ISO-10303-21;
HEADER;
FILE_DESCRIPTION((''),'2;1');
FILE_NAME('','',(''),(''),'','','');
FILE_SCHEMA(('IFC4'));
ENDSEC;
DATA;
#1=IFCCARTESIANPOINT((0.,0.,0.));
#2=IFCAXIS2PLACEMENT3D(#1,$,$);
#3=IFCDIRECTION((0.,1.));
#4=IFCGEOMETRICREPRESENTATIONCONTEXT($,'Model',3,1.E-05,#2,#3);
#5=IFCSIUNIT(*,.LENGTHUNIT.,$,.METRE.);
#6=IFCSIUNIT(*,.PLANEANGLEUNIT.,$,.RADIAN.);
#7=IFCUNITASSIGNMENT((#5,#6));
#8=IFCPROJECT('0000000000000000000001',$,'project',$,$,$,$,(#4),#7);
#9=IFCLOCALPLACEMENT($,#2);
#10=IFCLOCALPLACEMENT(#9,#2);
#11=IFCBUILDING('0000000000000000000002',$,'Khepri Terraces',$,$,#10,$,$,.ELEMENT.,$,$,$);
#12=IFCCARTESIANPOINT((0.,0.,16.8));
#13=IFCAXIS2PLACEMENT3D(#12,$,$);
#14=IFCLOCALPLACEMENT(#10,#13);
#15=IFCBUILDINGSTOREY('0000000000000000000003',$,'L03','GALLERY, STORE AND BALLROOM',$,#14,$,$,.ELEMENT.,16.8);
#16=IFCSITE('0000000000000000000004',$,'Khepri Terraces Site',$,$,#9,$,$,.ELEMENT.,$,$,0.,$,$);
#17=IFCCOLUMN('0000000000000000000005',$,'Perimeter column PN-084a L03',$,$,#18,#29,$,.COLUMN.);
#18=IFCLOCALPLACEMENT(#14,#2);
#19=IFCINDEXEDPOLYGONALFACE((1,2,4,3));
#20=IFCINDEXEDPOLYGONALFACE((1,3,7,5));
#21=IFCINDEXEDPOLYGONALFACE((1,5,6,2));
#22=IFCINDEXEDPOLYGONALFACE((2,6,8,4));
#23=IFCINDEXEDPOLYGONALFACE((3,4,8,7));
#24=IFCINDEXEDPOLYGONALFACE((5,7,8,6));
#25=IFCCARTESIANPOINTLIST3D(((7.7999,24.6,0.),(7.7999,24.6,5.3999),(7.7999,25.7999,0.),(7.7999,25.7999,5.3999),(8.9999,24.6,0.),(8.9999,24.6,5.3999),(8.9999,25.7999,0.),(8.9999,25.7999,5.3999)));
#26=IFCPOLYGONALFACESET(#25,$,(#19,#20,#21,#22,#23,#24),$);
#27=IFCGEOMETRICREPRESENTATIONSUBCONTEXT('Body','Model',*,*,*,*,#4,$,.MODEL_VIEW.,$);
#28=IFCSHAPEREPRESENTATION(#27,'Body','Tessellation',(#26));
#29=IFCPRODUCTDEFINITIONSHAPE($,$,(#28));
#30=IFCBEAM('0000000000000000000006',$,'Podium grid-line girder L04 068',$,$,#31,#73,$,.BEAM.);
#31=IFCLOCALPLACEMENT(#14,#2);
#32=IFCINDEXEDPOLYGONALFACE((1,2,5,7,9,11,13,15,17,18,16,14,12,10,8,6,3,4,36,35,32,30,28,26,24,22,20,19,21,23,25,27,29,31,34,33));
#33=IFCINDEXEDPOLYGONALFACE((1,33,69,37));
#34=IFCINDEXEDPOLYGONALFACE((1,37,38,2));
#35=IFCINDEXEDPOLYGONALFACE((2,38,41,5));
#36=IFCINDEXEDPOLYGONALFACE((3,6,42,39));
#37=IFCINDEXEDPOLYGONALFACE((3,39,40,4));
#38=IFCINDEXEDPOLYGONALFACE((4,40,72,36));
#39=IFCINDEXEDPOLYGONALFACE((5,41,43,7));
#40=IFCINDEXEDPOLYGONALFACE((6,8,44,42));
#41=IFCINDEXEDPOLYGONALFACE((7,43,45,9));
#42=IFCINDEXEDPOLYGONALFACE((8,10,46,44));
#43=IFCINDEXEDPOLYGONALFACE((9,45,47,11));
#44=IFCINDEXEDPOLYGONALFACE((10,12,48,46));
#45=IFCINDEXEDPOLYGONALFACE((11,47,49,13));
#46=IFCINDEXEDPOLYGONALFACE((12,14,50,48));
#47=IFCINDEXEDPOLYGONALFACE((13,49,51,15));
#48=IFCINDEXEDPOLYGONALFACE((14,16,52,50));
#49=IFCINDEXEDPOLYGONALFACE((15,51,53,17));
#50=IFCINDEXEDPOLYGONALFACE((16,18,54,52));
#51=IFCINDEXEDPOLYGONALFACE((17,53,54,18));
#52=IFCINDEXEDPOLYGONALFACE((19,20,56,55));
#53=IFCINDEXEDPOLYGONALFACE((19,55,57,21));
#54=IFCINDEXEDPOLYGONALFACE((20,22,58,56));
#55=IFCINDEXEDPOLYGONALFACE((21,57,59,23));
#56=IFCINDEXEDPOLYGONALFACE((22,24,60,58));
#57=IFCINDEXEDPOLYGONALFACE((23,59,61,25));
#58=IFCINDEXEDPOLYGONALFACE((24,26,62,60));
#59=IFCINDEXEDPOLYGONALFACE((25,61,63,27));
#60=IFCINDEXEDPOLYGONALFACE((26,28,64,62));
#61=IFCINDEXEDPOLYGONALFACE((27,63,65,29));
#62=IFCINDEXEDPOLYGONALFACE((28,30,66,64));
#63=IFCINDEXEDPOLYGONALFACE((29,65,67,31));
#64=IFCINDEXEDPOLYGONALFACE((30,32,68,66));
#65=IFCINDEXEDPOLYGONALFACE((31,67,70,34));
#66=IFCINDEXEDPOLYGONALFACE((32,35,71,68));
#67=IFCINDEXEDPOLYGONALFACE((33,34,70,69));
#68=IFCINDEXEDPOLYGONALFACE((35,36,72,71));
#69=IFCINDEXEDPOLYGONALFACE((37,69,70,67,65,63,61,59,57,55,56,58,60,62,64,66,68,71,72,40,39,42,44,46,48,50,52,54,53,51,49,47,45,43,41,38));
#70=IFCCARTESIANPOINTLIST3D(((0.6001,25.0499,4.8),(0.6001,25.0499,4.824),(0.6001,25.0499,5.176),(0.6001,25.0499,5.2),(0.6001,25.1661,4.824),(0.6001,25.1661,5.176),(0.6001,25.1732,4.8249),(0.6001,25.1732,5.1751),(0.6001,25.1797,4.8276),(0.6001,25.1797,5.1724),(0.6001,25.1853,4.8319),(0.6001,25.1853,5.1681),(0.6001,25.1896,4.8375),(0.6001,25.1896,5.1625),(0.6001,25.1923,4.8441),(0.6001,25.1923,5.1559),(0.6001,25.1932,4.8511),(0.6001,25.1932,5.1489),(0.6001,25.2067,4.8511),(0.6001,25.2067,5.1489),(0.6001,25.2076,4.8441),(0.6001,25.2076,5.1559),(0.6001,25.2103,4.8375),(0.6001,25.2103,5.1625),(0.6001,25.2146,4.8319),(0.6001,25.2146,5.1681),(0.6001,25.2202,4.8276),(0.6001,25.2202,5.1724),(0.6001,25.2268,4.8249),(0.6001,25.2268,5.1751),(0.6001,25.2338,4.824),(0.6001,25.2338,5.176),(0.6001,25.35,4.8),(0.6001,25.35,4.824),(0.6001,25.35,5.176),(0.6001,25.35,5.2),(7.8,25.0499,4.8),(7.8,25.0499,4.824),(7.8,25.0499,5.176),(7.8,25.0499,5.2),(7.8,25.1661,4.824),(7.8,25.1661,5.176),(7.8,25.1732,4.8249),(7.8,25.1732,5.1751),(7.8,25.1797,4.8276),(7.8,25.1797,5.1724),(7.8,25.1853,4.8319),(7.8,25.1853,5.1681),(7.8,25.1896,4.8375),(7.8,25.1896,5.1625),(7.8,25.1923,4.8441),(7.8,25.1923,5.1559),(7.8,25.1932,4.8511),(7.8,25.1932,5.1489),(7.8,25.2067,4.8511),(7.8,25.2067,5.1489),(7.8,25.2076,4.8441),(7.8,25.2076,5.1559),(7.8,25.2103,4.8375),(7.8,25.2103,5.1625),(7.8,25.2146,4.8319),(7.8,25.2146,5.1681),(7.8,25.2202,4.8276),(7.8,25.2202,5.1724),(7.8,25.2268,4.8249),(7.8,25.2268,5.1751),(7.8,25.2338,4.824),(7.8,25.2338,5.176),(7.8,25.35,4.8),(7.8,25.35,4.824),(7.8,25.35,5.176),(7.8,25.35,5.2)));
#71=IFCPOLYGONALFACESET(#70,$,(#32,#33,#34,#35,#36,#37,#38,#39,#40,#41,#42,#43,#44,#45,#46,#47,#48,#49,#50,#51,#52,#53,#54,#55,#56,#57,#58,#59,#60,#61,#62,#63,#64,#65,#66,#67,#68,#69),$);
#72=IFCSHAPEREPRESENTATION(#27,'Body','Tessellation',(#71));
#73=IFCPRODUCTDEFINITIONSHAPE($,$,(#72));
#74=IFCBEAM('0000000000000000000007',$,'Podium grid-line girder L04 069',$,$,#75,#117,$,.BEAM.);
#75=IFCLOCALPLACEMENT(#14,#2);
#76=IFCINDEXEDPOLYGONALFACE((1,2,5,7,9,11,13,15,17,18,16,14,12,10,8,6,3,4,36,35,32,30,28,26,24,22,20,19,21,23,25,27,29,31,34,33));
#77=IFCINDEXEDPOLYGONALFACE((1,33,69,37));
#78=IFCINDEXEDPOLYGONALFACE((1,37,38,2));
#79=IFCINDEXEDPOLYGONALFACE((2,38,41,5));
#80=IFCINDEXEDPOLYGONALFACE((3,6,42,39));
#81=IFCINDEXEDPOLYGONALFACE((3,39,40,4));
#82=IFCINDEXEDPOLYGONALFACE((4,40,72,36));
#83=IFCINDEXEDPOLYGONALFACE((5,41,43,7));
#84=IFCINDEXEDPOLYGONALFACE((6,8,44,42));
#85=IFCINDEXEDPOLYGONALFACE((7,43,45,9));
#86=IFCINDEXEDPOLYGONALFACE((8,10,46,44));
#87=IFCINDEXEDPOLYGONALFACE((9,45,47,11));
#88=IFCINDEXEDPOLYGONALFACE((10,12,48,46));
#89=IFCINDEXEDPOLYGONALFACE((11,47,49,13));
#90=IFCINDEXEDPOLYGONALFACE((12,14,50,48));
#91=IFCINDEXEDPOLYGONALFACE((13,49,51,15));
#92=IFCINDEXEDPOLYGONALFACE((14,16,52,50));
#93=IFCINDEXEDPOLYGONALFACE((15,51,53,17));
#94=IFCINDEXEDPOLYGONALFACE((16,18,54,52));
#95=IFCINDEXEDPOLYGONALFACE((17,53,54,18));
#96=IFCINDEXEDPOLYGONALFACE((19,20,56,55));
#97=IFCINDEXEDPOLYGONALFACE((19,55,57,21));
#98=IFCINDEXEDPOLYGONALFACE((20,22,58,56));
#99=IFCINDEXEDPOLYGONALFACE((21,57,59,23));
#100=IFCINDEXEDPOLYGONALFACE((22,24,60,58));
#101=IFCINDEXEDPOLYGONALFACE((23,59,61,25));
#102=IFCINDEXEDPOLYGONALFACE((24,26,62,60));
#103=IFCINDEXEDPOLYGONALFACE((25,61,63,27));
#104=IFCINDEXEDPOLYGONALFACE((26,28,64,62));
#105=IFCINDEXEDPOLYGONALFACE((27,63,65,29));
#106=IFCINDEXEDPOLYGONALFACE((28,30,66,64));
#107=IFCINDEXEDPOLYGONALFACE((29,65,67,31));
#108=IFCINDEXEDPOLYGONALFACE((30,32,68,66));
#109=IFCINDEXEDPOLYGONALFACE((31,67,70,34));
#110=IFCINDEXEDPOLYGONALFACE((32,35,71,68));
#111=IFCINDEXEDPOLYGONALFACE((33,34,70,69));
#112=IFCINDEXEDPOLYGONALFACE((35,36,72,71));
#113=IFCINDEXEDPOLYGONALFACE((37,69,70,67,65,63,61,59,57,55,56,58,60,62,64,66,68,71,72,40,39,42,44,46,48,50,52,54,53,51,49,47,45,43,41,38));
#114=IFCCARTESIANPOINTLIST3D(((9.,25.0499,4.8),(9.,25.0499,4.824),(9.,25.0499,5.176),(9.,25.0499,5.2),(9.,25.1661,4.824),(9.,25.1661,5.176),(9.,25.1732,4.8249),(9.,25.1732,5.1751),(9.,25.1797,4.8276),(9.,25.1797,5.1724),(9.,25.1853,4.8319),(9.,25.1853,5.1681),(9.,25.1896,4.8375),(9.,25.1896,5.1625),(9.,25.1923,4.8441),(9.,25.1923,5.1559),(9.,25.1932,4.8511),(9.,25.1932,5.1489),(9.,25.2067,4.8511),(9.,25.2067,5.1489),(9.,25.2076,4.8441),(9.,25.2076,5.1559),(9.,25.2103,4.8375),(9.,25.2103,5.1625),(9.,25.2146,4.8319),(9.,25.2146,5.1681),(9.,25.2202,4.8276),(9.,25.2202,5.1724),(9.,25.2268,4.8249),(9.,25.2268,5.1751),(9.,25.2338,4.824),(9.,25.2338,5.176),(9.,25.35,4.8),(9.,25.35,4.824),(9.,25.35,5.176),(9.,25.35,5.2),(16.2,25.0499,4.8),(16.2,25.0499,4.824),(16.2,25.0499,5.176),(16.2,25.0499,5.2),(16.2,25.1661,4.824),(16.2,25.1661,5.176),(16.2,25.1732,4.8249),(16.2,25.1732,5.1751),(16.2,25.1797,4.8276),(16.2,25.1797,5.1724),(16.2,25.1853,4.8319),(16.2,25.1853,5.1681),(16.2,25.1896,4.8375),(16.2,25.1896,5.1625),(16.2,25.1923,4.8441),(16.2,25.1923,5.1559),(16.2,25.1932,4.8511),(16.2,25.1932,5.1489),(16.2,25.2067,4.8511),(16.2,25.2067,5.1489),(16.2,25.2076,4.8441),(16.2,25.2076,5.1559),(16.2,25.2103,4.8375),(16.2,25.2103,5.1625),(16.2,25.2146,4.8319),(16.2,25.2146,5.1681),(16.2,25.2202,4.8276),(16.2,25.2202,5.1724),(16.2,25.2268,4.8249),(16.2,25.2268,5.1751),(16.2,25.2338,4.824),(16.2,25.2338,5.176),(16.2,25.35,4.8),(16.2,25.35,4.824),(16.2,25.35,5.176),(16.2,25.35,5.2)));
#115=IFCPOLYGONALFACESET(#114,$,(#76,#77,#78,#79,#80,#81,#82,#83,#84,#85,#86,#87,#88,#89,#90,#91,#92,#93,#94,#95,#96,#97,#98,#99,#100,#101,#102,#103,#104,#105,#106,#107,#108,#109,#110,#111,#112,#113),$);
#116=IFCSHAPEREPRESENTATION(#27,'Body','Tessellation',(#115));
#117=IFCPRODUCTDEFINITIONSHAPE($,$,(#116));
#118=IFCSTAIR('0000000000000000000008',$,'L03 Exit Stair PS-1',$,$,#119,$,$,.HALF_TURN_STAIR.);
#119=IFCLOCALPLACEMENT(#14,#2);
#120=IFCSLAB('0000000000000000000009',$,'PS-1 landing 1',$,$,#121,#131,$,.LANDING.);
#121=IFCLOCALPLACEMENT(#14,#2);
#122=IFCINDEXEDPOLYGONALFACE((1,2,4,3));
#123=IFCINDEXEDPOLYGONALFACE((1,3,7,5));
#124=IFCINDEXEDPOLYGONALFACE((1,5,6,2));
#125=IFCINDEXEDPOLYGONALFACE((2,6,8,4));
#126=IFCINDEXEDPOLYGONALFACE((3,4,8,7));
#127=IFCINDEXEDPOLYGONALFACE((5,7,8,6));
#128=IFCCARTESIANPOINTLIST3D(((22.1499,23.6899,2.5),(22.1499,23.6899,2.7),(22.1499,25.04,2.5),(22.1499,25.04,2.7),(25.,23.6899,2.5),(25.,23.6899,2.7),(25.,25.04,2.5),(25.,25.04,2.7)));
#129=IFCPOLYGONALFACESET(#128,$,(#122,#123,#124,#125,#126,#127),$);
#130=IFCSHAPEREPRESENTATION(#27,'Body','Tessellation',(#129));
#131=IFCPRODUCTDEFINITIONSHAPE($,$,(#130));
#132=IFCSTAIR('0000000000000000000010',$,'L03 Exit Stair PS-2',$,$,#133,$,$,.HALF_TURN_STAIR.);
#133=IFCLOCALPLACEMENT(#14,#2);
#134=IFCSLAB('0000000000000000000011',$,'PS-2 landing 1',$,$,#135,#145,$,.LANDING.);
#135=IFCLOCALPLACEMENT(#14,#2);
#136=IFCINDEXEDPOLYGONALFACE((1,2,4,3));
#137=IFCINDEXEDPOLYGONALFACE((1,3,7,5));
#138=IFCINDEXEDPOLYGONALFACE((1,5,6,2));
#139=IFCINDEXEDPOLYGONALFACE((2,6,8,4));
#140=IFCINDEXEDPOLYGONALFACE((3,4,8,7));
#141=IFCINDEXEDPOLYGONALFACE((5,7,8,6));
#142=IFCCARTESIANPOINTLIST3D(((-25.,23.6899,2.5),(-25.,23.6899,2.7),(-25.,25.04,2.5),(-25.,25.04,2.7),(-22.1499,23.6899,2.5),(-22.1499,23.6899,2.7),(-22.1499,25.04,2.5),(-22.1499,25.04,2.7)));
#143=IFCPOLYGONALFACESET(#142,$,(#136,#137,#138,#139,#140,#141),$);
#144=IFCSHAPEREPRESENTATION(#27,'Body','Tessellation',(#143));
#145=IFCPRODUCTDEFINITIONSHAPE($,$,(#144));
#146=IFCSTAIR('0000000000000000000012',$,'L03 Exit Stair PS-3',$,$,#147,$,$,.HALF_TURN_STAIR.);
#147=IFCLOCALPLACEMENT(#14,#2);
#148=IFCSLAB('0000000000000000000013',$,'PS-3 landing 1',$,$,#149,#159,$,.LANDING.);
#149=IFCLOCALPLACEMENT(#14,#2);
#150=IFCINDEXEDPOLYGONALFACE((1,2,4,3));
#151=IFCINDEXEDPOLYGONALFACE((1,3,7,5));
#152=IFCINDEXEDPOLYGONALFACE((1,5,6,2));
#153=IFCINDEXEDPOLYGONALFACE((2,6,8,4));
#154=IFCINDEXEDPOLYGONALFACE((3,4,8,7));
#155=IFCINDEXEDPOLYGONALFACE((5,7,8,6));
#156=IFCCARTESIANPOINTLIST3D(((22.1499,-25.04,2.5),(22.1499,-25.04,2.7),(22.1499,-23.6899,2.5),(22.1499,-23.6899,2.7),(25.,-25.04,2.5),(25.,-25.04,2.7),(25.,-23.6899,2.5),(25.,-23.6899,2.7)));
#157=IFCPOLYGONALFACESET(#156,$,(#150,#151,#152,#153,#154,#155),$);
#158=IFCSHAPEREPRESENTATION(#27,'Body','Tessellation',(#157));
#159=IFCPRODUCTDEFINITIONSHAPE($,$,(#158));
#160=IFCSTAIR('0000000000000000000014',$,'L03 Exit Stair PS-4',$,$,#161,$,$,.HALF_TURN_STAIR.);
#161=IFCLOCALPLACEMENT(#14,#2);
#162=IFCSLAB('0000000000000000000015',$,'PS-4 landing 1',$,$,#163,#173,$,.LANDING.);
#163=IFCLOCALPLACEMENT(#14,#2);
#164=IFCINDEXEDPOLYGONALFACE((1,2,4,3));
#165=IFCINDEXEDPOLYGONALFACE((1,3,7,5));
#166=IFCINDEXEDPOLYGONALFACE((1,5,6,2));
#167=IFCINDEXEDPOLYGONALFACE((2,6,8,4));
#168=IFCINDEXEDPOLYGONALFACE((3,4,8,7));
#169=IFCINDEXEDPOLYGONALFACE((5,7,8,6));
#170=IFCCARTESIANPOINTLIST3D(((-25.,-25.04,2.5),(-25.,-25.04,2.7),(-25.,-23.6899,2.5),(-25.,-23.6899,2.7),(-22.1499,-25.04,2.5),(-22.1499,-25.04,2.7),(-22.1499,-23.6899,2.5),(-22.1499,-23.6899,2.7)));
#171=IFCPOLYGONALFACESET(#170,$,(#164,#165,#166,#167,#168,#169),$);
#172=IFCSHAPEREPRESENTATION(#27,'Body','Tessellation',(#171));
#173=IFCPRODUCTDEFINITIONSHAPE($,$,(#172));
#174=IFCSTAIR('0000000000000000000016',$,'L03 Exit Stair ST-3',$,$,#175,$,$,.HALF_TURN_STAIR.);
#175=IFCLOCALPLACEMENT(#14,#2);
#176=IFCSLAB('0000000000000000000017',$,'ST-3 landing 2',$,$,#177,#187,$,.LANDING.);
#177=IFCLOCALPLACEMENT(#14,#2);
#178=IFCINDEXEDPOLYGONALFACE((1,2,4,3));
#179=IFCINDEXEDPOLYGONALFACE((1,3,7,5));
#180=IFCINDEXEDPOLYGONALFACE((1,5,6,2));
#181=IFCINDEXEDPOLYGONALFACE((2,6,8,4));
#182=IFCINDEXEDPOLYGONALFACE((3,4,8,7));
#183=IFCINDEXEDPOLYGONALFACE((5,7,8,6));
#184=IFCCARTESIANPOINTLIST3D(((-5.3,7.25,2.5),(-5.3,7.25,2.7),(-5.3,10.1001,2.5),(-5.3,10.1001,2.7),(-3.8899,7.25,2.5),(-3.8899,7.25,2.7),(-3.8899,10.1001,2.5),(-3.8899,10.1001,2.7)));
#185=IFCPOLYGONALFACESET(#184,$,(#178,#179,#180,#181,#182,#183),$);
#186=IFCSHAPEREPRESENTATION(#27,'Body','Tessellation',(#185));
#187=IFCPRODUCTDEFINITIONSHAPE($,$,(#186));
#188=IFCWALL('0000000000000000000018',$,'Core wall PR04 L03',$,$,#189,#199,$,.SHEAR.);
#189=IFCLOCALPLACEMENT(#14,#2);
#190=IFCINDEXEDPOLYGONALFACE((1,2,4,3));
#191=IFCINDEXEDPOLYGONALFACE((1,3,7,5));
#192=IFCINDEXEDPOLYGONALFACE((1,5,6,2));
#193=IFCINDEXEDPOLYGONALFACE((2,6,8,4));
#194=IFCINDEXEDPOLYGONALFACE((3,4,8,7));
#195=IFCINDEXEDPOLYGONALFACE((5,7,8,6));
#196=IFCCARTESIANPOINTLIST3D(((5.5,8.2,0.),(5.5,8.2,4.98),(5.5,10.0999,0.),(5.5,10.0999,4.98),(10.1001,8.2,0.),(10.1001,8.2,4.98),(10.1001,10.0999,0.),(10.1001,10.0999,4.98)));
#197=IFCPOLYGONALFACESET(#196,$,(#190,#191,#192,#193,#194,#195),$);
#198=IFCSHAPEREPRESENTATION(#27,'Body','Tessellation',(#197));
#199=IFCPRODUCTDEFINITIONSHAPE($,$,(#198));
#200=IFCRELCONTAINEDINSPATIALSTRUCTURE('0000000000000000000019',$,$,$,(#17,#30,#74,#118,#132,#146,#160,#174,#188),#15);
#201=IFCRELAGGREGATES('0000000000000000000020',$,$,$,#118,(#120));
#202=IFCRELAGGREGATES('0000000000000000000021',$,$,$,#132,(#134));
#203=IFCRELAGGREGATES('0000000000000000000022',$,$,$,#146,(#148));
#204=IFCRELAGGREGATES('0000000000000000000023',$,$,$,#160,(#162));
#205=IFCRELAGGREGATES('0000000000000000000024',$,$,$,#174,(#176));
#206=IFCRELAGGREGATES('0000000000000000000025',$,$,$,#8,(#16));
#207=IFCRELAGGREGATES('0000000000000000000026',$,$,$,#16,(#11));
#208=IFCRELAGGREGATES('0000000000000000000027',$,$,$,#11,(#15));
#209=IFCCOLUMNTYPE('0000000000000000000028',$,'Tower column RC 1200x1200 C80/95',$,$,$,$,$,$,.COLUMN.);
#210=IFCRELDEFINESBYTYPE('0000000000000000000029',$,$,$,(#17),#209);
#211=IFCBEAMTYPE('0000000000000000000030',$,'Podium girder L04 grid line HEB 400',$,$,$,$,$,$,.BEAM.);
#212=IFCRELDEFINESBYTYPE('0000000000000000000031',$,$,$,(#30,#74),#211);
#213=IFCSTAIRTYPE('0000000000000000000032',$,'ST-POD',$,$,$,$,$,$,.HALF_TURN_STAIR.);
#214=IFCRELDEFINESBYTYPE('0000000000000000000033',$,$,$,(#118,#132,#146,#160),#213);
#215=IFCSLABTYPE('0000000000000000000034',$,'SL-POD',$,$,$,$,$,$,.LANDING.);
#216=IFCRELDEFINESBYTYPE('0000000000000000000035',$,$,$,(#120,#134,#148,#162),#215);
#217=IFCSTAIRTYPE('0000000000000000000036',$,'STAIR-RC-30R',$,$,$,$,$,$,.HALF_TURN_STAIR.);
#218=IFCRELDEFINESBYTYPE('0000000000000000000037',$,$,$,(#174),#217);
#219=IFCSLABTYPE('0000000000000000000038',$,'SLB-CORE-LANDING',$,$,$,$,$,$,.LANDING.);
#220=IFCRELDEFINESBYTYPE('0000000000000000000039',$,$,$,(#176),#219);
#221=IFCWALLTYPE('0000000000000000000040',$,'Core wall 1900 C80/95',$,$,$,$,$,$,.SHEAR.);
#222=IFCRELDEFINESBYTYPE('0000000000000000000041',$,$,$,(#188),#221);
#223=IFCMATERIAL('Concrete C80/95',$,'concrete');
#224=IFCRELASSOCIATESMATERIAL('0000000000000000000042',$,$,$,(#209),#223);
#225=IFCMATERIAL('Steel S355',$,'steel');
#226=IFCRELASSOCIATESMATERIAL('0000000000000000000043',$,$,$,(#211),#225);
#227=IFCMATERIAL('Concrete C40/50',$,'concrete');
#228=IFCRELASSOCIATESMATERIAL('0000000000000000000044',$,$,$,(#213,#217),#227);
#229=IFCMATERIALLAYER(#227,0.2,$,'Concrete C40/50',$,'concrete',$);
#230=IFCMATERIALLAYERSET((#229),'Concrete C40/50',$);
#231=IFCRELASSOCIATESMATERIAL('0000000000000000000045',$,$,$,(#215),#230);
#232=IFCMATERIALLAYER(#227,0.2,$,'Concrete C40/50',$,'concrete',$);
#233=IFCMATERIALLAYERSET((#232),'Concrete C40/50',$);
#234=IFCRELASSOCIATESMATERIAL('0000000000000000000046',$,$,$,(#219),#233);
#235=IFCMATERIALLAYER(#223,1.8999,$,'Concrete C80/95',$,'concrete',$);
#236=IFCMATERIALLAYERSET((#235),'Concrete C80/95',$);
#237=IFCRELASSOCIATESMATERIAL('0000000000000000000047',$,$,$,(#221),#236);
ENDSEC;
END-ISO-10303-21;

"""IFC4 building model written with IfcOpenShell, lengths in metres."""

from ifc_helpers import new_model, si_unit, direction, frame, frame_2d, origin, origin_2d, place, context, subcontext, project, spatial, polyline, rectangle, i_section, outline, extrude, material, layer, layer_set, material_profile, profile_set, type_object, element, aggregate, save


model = new_model("IFC4")

# Units and contexts
model_context = context("Model", 3, precision=1e-05, world=origin(), true_north=direction((0.0, 1.0)))
body_context = subcontext(model_context, "Body", "Model", "MODEL_VIEW")
ifc_project = project(units=[si_unit("LENGTHUNIT", "METRE"), si_unit("PLANEANGLEUNIT", "RADIAN")], contexts=[model_context])

# Site, building, storey
site_placement = place(None, origin())
site = spatial("IfcSite", under=ifc_project, at=site_placement, Name="Khepri Terraces Site", CompositionType="ELEMENT", RefElevation=0.0)
building_placement = place(site_placement, origin())
building = spatial("IfcBuilding", under=site, at=building_placement, Name="Khepri Terraces", CompositionType="ELEMENT")
storey_placement = place(building_placement, frame((0.0, 0.0, 16.8)))
storey = spatial("IfcBuildingStorey", under=building, at=storey_placement, Name="L03", Description="GALLERY, STORE AND BALLROOM", CompositionType="ELEMENT", Elevation=16.8)

# Column
ifc_material_1 = material(Name="Concrete C80/95", Category="concrete")
ifc_material_profile_1 = material_profile(ifc_material_1, rectangle(XDim=1.2, YDim=1.2, at=origin_2d()), Name="Concrete C80/95", Category="concrete")
ifc_profile_set_1 = profile_set([ifc_material_profile_1], Name="Concrete C80/95")
column_type = type_object("IfcColumnType", Name="Tower column RC 1200x1200 C80/95", PredefinedType="COLUMN", material=ifc_profile_set_1)
column_placement = place(storey_placement, frame((8.3999, 25.2, 0.0), z_axis=(0.0, 0.0, 1.0), x_axis=(1.0, 0.0, 0.0)))
element("IfcColumn", 1, at=column_placement, inside=storey, type_object=column_type, Name="Perimeter column PN-084a L03", PredefinedType="COLUMN", context=body_context, shape_type="SweptSolid", body=[
    extrude(rectangle(XDim=1.2, YDim=1.2, at=origin_2d()), origin(), (0.0, 0.0, 1.0), 5.3999),
])

# Beams
ifc_material_2 = material(Name="Steel S355", Category="steel")
ifc_material_profile_2 = material_profile(ifc_material_2, i_section(OverallWidth=0.3, OverallDepth=0.3999, WebThickness=0.0134, FlangeThickness=0.0239, FilletRadius=0.0271, at=origin_2d()), Name="Steel S355", Category="steel")
ifc_profile_set_2 = profile_set([ifc_material_profile_2], Name="Steel S355")
beam_type = type_object("IfcBeamType", Name="Podium girder L04 grid line HEB 400", PredefinedType="BEAM", material=ifc_profile_set_2)
for number, where, z_axis, x_axis, name in (
    (2, (0.6001, 25.2, 5.0), (1.0, 0.0, 0.0), (0.0, 1.0, 0.0), "Podium grid-line girder L04 068"),
    (3, (9.0, 25.2, 5.0), (1.0, 0.0, 0.0), (0.0, 1.0, 0.0), "Podium grid-line girder L04 069"),
):
    element("IfcBeam", number, at=place(storey_placement, frame(where, z_axis=z_axis, x_axis=x_axis)), inside=storey, type_object=beam_type, Name=name, PredefinedType="BEAM", context=body_context, shape_type="SweptSolid", body=[
        extrude(i_section(OverallWidth=0.3, OverallDepth=0.3999, WebThickness=0.0134, FlangeThickness=0.0239, FilletRadius=0.0271, at=origin_2d()), origin(), (0.0, 0.0, 1.0), 7.2),
    ])

# Stairs, slabs
ifc_material_3 = material(Name="Concrete C40/50", Category="concrete")
stair_type_1 = type_object("IfcStairType", Name="ST-POD", PredefinedType="HALF_TURN_STAIR", material=ifc_material_3)
stair_1_placement = place(storey_placement, origin())
stair_1 = element("IfcStair", 4, at=stair_1_placement, inside=storey, type_object=stair_type_1, Name="L03 Exit Stair PS-1", PredefinedType="HALF_TURN_STAIR")
ifc_layer_1 = layer(ifc_material_3, 0.2, Name="Concrete C40/50", Category="concrete")
ifc_layer_set_1 = layer_set([ifc_layer_1], Name="Concrete C40/50")
slab_type_1 = type_object("IfcSlabType", Name="SL-POD", PredefinedType="LANDING", material=ifc_layer_set_1)
slab_1_placement = place(storey_placement, frame((0.0, 0.0, 2.5)))
slab_1 = element("IfcSlab", 5, at=slab_1_placement, type_object=slab_type_1, Name="PS-1 landing 1", PredefinedType="LANDING", context=body_context, shape_type="SweptSolid", body=[
    extrude(outline(polyline([(25.0, 23.6899), (25.0, 25.04), (22.1499, 25.04), (22.1499, 23.6899), (25.0, 23.6899)])), origin(), (0.0, 0.0, 1.0), 0.2),
])
aggregate(stair_1, [slab_1])
stair_2_placement = place(storey_placement, origin())
stair_2 = element("IfcStair", 6, at=stair_2_placement, inside=storey, type_object=stair_type_1, Name="L03 Exit Stair PS-2", PredefinedType="HALF_TURN_STAIR")
slab_2_placement = place(storey_placement, frame((0.0, 0.0, 2.5)))
slab_2 = element("IfcSlab", 7, at=slab_2_placement, type_object=slab_type_1, Name="PS-2 landing 1", PredefinedType="LANDING", context=body_context, shape_type="SweptSolid", body=[
    extrude(outline(polyline([(-22.1499, 23.6899), (-22.1499, 25.04), (-25.0, 25.04), (-25.0, 23.6899), (-22.1499, 23.6899)])), origin(), (0.0, 0.0, 1.0), 0.2),
])
aggregate(stair_2, [slab_2])
stair_3_placement = place(storey_placement, origin())
stair_3 = element("IfcStair", 8, at=stair_3_placement, inside=storey, type_object=stair_type_1, Name="L03 Exit Stair PS-3", PredefinedType="HALF_TURN_STAIR")
slab_3_placement = place(storey_placement, frame((0.0, 0.0, 2.5)))
slab_3 = element("IfcSlab", 9, at=slab_3_placement, type_object=slab_type_1, Name="PS-3 landing 1", PredefinedType="LANDING", context=body_context, shape_type="SweptSolid", body=[
    extrude(outline(polyline([(22.1499, -23.6899), (22.1499, -25.04), (25.0, -25.04), (25.0, -23.6899), (22.1499, -23.6899)])), origin(), (0.0, 0.0, 1.0), 0.2),
])
aggregate(stair_3, [slab_3])
stair_4_placement = place(storey_placement, origin())
stair_4 = element("IfcStair", 10, at=stair_4_placement, inside=storey, type_object=stair_type_1, Name="L03 Exit Stair PS-4", PredefinedType="HALF_TURN_STAIR")
slab_4_placement = place(storey_placement, frame((0.0, 0.0, 2.5)))
slab_4 = element("IfcSlab", 11, at=slab_4_placement, type_object=slab_type_1, Name="PS-4 landing 1", PredefinedType="LANDING", context=body_context, shape_type="SweptSolid", body=[
    extrude(outline(polyline([(-25.0, -23.6899), (-25.0, -25.04), (-22.1499, -25.04), (-22.1499, -23.6899), (-25.0, -23.6899)])), origin(), (0.0, 0.0, 1.0), 0.2),
])
aggregate(stair_4, [slab_4])
stair_type_2 = type_object("IfcStairType", Name="STAIR-RC-30R", PredefinedType="HALF_TURN_STAIR", material=ifc_material_3)
stair_5_placement = place(storey_placement, origin())
stair_5 = element("IfcStair", 12, at=stair_5_placement, inside=storey, type_object=stair_type_2, Name="L03 Exit Stair ST-3", PredefinedType="HALF_TURN_STAIR")
ifc_layer_2 = layer(ifc_material_3, 0.2, Name="Concrete C40/50", Category="concrete")
ifc_layer_set_2 = layer_set([ifc_layer_2], Name="Concrete C40/50")
slab_type_2 = type_object("IfcSlabType", Name="SLB-CORE-LANDING", PredefinedType="LANDING", material=ifc_layer_set_2)
slab_5_placement = place(storey_placement, frame((0.0, 0.0, 2.5)))
slab_5 = element("IfcSlab", 13, at=slab_5_placement, type_object=slab_type_2, Name="ST-3 landing 2", PredefinedType="LANDING", context=body_context, shape_type="SweptSolid", body=[
    extrude(outline(polyline([(-3.8899, 10.1001), (-5.3, 10.1001), (-5.3, 7.25), (-3.8899, 7.25), (-3.8899, 10.1001)])), origin(), (0.0, 0.0, 1.0), 0.2),
])
aggregate(stair_5, [slab_5])

# Wall
ifc_layer_3 = layer(ifc_material_1, 1.8999, Name="Concrete C80/95", Category="concrete")
ifc_layer_set_3 = layer_set([ifc_layer_3], Name="Concrete C80/95")
wall_type_1 = type_object("IfcWallType", Name="Core wall 1900 C80/95", PredefinedType="SHEAR", material=ifc_layer_set_3)
wall_1_placement = place(storey_placement, frame((5.5, 9.1499, 0.0), z_axis=(0.0, 0.0, 1.0), x_axis=(1.0, 0.0, 0.0)))
element("IfcWall", 14, at=wall_1_placement, inside=storey, type_object=wall_type_1, Name="Core wall PR04 L03", PredefinedType="SHEAR", context=body_context, shape_type="SweptSolid", body=[
    extrude(rectangle(XDim=4.6001, YDim=1.8999, at=frame_2d((2.3, 0.0))), origin(), (0.0, 0.0, 1.0), 4.98),
])

save(model, "model.ifc")
